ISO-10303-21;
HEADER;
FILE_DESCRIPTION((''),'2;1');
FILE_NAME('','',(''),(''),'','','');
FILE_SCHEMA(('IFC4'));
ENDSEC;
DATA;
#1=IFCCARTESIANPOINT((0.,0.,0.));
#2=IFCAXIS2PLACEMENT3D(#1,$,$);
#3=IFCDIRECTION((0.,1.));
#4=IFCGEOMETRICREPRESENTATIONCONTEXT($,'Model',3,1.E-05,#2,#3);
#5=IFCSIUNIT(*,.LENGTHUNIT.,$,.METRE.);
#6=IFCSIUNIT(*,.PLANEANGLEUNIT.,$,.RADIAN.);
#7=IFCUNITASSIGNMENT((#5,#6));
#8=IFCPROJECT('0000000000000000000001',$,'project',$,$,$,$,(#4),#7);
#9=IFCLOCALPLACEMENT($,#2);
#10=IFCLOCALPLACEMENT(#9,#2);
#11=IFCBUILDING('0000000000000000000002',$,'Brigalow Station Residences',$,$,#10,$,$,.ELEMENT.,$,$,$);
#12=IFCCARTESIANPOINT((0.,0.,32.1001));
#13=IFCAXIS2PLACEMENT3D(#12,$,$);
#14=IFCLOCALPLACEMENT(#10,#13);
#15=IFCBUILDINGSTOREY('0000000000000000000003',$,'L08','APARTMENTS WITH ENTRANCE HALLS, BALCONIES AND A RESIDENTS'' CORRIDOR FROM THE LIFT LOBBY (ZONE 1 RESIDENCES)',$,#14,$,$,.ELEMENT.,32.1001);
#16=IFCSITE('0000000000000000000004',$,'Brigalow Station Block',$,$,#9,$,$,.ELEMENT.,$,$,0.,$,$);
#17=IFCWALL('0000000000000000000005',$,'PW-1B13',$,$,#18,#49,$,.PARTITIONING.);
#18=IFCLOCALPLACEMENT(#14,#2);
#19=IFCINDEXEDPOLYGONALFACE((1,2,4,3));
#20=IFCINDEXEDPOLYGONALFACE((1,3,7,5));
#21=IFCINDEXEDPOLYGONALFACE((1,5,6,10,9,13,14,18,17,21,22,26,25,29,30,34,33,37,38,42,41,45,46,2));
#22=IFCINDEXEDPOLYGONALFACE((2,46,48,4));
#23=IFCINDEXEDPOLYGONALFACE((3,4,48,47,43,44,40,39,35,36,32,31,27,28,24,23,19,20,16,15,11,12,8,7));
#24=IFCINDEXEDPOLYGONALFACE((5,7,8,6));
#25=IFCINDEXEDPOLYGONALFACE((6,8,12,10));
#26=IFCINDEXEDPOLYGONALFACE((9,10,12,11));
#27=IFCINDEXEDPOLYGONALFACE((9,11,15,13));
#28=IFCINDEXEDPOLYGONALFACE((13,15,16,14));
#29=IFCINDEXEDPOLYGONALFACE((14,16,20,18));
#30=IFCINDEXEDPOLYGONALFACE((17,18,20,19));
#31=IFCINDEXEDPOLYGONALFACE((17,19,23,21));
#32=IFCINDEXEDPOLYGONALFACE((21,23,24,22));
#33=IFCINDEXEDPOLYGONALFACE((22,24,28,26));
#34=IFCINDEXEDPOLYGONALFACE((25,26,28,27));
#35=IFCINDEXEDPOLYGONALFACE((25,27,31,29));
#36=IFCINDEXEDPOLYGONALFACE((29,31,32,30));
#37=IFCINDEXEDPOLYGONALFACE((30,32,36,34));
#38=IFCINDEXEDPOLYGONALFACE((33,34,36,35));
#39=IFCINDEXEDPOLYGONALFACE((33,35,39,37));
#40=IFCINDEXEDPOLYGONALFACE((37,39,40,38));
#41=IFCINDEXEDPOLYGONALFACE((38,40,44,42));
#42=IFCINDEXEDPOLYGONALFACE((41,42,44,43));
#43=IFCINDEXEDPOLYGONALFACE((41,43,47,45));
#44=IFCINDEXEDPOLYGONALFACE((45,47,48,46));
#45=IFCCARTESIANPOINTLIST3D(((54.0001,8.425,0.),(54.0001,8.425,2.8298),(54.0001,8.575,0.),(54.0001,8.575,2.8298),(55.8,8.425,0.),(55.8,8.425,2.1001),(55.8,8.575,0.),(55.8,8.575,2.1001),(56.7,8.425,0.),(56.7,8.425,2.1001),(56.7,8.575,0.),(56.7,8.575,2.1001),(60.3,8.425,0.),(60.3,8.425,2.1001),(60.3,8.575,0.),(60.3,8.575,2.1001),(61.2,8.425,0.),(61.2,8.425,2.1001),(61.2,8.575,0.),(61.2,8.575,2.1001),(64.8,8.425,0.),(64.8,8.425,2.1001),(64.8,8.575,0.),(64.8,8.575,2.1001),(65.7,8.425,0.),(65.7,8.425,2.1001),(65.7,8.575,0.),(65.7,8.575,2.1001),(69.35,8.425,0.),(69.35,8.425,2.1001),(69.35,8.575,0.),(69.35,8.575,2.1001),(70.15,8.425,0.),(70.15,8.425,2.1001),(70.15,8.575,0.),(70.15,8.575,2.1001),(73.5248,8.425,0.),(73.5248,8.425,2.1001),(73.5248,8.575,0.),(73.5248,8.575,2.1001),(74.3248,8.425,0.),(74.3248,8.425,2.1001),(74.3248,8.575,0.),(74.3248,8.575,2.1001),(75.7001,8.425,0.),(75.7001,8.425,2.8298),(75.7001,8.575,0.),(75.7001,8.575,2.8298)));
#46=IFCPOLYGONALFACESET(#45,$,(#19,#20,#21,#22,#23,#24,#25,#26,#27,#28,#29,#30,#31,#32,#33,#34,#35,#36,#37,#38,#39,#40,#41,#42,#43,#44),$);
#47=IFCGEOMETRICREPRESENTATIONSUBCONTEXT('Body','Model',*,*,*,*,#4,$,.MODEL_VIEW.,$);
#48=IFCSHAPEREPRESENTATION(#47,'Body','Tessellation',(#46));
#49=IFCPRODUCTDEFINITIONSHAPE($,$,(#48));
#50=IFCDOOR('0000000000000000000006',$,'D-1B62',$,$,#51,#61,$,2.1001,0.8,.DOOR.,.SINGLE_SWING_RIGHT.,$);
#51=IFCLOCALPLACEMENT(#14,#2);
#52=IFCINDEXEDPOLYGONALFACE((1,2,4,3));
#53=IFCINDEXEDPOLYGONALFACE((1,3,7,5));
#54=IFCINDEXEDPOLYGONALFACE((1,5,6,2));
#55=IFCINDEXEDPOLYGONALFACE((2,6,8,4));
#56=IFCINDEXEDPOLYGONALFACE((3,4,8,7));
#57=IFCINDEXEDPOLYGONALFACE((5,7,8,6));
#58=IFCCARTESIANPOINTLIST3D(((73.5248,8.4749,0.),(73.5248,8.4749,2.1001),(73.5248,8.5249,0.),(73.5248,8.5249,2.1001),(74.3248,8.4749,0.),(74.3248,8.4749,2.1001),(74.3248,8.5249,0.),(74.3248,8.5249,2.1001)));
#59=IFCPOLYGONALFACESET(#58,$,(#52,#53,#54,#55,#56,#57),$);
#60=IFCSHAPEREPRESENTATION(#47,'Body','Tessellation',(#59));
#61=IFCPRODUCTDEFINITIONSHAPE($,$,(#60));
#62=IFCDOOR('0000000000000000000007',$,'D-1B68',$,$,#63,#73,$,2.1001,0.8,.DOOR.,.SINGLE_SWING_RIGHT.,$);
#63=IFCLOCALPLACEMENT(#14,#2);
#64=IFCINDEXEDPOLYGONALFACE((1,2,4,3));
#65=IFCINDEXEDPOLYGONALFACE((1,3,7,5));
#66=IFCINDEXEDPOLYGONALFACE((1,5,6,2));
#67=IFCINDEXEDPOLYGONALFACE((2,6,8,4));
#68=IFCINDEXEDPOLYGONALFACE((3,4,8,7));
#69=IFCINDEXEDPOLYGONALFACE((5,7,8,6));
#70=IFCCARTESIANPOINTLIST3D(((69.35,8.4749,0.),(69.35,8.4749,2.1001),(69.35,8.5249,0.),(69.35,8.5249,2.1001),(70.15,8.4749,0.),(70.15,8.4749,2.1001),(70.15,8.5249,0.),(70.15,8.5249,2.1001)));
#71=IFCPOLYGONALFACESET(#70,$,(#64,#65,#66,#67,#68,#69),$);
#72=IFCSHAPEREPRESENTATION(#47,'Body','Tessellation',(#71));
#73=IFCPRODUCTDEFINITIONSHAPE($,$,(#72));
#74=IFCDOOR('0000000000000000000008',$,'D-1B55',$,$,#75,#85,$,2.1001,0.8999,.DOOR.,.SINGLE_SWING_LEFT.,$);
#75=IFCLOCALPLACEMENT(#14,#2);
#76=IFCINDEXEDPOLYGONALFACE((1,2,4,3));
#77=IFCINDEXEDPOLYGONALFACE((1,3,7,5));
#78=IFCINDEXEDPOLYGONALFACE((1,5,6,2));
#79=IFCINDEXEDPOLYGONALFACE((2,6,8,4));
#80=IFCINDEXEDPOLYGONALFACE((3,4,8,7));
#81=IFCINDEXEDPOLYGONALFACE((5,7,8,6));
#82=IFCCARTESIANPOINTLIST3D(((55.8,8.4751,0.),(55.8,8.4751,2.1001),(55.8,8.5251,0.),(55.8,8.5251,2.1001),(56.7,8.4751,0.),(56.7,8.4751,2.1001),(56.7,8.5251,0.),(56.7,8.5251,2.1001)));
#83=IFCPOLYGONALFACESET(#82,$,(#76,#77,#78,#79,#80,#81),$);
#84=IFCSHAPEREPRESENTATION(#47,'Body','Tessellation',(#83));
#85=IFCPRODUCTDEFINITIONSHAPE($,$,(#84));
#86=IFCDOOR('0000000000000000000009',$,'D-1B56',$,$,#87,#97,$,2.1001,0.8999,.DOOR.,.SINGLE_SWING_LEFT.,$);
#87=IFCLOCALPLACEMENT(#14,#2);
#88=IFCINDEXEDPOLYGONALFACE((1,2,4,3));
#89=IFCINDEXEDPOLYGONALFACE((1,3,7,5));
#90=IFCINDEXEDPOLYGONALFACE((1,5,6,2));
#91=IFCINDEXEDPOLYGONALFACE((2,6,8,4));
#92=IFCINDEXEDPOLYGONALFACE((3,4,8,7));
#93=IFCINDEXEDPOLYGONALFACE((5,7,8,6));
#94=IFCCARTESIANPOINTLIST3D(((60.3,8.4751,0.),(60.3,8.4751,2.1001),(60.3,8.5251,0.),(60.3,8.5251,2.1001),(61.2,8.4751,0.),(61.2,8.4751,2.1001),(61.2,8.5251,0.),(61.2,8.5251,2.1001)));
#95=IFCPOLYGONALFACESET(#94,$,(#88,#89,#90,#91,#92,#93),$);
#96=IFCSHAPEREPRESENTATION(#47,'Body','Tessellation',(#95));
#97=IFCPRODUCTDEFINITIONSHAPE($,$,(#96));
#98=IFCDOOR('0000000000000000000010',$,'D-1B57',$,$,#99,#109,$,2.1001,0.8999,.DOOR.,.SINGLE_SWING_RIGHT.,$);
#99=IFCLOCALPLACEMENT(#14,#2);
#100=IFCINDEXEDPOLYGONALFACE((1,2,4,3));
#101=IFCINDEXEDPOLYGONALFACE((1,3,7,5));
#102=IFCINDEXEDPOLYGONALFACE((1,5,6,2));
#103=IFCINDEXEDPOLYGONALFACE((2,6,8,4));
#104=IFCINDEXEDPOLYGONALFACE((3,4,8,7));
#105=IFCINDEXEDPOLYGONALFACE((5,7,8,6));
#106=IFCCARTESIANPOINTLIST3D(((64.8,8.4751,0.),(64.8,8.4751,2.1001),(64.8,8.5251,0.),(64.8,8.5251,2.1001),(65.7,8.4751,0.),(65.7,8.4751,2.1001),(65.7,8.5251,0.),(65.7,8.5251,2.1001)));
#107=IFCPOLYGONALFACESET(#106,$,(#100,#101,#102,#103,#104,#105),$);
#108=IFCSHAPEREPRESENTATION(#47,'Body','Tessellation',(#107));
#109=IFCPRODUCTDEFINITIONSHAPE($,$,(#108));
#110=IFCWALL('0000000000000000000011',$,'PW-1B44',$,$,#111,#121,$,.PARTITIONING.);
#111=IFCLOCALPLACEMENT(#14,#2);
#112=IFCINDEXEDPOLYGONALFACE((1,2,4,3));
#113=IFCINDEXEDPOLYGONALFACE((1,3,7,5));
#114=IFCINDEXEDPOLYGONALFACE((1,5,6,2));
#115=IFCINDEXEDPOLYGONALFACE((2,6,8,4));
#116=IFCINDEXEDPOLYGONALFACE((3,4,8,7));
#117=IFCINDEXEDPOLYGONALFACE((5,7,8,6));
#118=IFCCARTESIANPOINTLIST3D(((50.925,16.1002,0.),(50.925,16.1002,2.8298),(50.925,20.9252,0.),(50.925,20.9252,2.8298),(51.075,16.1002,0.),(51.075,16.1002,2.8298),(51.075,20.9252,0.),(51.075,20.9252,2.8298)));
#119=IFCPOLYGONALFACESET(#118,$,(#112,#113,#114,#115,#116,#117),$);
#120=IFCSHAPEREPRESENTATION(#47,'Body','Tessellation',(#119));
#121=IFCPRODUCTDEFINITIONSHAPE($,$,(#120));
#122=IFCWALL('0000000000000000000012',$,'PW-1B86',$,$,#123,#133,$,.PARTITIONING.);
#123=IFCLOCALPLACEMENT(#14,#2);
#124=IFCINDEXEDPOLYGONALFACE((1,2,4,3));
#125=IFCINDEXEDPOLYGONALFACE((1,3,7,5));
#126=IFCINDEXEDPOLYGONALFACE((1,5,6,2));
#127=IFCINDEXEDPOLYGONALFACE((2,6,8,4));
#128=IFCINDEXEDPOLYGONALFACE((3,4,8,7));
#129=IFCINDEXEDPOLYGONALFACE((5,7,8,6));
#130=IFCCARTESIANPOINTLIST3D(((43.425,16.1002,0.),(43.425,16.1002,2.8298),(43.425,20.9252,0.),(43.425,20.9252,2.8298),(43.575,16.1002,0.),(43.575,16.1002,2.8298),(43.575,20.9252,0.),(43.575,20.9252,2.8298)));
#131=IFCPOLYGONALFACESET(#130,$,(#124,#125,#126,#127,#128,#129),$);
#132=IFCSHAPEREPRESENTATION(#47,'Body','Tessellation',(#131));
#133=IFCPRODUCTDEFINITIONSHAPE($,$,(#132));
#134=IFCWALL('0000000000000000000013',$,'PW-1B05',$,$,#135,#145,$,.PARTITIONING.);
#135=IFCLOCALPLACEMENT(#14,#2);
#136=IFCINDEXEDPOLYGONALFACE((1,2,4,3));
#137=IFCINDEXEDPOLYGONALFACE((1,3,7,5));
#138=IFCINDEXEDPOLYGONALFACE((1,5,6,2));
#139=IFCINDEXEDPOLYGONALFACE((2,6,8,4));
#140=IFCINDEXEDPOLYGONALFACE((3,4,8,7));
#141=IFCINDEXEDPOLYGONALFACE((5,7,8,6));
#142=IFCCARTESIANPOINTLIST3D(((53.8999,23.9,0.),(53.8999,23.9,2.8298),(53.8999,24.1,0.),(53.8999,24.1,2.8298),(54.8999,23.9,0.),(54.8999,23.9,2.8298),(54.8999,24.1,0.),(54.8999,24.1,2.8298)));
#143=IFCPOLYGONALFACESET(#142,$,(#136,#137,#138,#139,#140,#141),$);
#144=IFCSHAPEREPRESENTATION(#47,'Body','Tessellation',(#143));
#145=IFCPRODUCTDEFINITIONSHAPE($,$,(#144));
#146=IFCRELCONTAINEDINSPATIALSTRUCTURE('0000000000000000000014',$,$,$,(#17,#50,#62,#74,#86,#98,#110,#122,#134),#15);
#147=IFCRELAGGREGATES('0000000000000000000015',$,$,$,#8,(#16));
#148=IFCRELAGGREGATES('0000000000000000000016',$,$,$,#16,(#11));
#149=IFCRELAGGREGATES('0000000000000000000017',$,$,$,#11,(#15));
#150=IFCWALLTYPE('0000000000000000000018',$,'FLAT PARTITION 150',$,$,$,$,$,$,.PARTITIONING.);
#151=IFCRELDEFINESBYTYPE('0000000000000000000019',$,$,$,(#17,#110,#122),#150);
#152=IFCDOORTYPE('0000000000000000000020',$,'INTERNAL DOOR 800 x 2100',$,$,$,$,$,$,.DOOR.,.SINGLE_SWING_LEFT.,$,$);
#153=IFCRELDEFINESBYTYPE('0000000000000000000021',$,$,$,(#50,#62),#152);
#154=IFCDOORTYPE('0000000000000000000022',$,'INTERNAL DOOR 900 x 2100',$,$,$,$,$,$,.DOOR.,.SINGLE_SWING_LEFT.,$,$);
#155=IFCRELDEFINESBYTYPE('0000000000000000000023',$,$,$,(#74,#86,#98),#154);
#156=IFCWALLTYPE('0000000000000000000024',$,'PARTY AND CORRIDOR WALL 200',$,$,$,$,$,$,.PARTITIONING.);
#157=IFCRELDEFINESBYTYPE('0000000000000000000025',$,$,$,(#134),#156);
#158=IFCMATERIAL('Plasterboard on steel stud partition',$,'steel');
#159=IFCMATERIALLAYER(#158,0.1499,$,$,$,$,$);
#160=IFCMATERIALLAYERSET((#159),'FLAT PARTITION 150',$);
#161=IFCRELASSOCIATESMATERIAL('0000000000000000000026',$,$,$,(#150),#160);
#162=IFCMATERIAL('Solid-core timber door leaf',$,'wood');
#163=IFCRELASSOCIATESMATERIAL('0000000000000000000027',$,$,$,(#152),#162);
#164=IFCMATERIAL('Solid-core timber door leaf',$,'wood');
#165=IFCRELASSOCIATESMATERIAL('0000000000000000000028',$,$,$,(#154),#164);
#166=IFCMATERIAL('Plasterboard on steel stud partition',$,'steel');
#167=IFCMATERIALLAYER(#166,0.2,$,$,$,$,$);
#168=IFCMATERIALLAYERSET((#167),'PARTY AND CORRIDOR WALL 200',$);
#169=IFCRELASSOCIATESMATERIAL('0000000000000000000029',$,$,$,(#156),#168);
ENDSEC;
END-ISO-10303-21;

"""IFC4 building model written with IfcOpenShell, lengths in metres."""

from ifc_helpers import new_model, si_unit, direction, frame, frame_2d, origin, place, context, subcontext, project, spatial, rectangle, extrude, material, layer, layer_set, type_object, element, fill, save


model = new_model("IFC4")

# Units and contexts
model_context = context("Model", 3, precision=1e-05, world=origin(), true_north=direction((0.0, 1.0)))
body_context = subcontext(model_context, "Body", "Model", "MODEL_VIEW")
ifc_project = project(units=[si_unit("LENGTHUNIT", "METRE"), si_unit("PLANEANGLEUNIT", "RADIAN")], contexts=[model_context])

# Site, building, storey
site_placement = place(None, origin())
site = spatial("IfcSite", under=ifc_project, at=site_placement, Name="Brigalow Station Block", CompositionType="ELEMENT", RefElevation=0.0)
building_placement = place(site_placement, origin())
building = spatial("IfcBuilding", under=site, at=building_placement, Name="Brigalow Station Residences", CompositionType="ELEMENT")
storey_placement = place(building_placement, frame((0.0, 0.0, 32.1001)))
storey = spatial("IfcBuildingStorey", under=building, at=storey_placement, Name="L08", Description="APARTMENTS WITH ENTRANCE HALLS, BALCONIES AND A RESIDENTS' CORRIDOR FROM THE LIFT LOBBY (ZONE 1 RESIDENCES)", CompositionType="ELEMENT", Elevation=32.1001)

# Wall, openings, doors
ifc_material_1 = material(Name="Plasterboard on steel stud partition", Category="steel")
ifc_layer_1 = layer(ifc_material_1, 0.1499)
ifc_layer_set_1 = layer_set([ifc_layer_1], Name="FLAT PARTITION 150")
wall_type_1 = type_object("IfcWallType", Name="FLAT PARTITION 150", PredefinedType="PARTITIONING", material=ifc_layer_set_1)
wall_1_placement = place(storey_placement, frame((54.0, 8.5, 0.0), z_axis=(0.0, 0.0, 1.0), x_axis=(1.0, 0.0, 0.0)))
wall_1 = element("IfcWall", 1, at=wall_1_placement, inside=storey, type_object=wall_type_1, Name="PW-1B13", PredefinedType="PARTITIONING", context=body_context, shape_type="SweptSolid", body=[
    extrude(rectangle(XDim=21.7, YDim=0.1499, at=frame_2d((10.8501, 0.0))), origin(), (0.0, 0.0, 1.0), 2.8298),
])
opening_1_placement = place(wall_1_placement, frame((1.8, 0.0, 0.0)))
opening_1 = element("IfcOpeningElement", 2, at=opening_1_placement, cuts=wall_1, PredefinedType="OPENING", context=body_context, shape_type="SweptSolid", body=[
    extrude(rectangle(XDim=0.8999, YDim=2.1001, at=frame_2d((0.45, 1.05))), frame((0.0, 0.085, 0.0), z_axis=(0.0, -1.0, 0.0), x_axis=(1.0, 0.0, 0.0)), (0.0, 0.0, 1.0), 0.1699),
])
opening_2_placement = place(wall_1_placement, frame((6.3, 0.0, 0.0)))
opening_2 = element("IfcOpeningElement", 3, at=opening_2_placement, cuts=wall_1, PredefinedType="OPENING", context=body_context, shape_type="SweptSolid", body=[
    extrude(rectangle(XDim=0.8999, YDim=2.1001, at=frame_2d((0.45, 1.05))), frame((0.0, 0.085, 0.0), z_axis=(0.0, -1.0, 0.0), x_axis=(1.0, 0.0, 0.0)), (0.0, 0.0, 1.0), 0.1699),
])
opening_3_placement = place(wall_1_placement, frame((10.8, 0.0, 0.0)))
opening_3 = element("IfcOpeningElement", 4, at=opening_3_placement, cuts=wall_1, PredefinedType="OPENING", context=body_context, shape_type="SweptSolid", body=[
    extrude(rectangle(XDim=0.8999, YDim=2.1001, at=frame_2d((0.45, 1.05))), frame((0.0, 0.085, 0.0), z_axis=(0.0, -1.0, 0.0), x_axis=(1.0, 0.0, 0.0)), (0.0, 0.0, 1.0), 0.1699),
])
opening_4_placement = place(wall_1_placement, frame((19.5249, 0.0, 0.0)))
opening_4 = element("IfcOpeningElement", 5, at=opening_4_placement, cuts=wall_1, PredefinedType="OPENING", context=body_context, shape_type="SweptSolid", body=[
    extrude(rectangle(XDim=0.8, YDim=2.1001, at=frame_2d((0.3999, 1.05))), frame((0.0, 0.085, 0.0), z_axis=(0.0, -1.0, 0.0), x_axis=(1.0, 0.0, 0.0)), (0.0, 0.0, 1.0), 0.1699),
])
opening_5_placement = place(wall_1_placement, frame((15.3501, 0.0, 0.0)))
opening_5 = element("IfcOpeningElement", 6, at=opening_5_placement, cuts=wall_1, PredefinedType="OPENING", context=body_context, shape_type="SweptSolid", body=[
    extrude(rectangle(XDim=0.8, YDim=2.1001, at=frame_2d((0.3999, 1.05))), frame((0.0, 0.085, 0.0), z_axis=(0.0, -1.0, 0.0), x_axis=(1.0, 0.0, 0.0)), (0.0, 0.0, 1.0), 0.1699),
])
ifc_material_2 = material(Name="Solid-core timber door leaf", Category="wood")
door_type_1 = type_object("IfcDoorType", Name="INTERNAL DOOR 800 x 2100", OperationType="SINGLE_SWING_LEFT", PredefinedType="DOOR", material=ifc_material_2)
door_1_placement = place(opening_4_placement, origin())
door_1 = element("IfcDoor", 7, at=door_1_placement, inside=storey, type_object=door_type_1, Name="D-1B62", OperationType="SINGLE_SWING_RIGHT", OverallHeight=2.1001, OverallWidth=0.8, PredefinedType="DOOR", context=body_context, shape_type="SweptSolid", body=[
    extrude(rectangle(XDim=0.8, YDim=2.1001, at=frame_2d((0.3999, 1.05))), frame((0.0, 0.0249, 0.0), z_axis=(0.0, -1.0, 0.0), x_axis=(1.0, 0.0, 0.0)), (0.0, 0.0, 1.0), 0.05),
])
fill(opening_4, door_1)
door_2_placement = place(opening_5_placement, origin())
door_2 = element("IfcDoor", 8, at=door_2_placement, inside=storey, type_object=door_type_1, Name="D-1B68", OperationType="SINGLE_SWING_RIGHT", OverallHeight=2.1001, OverallWidth=0.8, PredefinedType="DOOR", context=body_context, shape_type="SweptSolid", body=[
    extrude(rectangle(XDim=0.8, YDim=2.1001, at=frame_2d((0.3999, 1.05))), frame((0.0, 0.0249, 0.0), z_axis=(0.0, -1.0, 0.0), x_axis=(1.0, 0.0, 0.0)), (0.0, 0.0, 1.0), 0.05),
])
fill(opening_5, door_2)
ifc_material_3 = material(Name="Solid-core timber door leaf", Category="wood")
door_type_2 = type_object("IfcDoorType", Name="INTERNAL DOOR 900 x 2100", OperationType="SINGLE_SWING_LEFT", PredefinedType="DOOR", material=ifc_material_3)
door_3_placement = place(opening_1_placement, frame((0.8999, 0.0, 0.0), z_axis=(0.0, 0.0, 1.0), x_axis=(-1.0, 0.0, 0.0)))
door_3 = element("IfcDoor", 9, at=door_3_placement, inside=storey, type_object=door_type_2, Name="D-1B55", OperationType="SINGLE_SWING_LEFT", OverallHeight=2.1001, OverallWidth=0.8999, PredefinedType="DOOR", context=body_context, shape_type="SweptSolid", body=[
    extrude(rectangle(XDim=0.8999, YDim=2.1001, at=frame_2d((0.45, 1.05))), frame((0.0, 0.0249, 0.0), z_axis=(0.0, -1.0, 0.0), x_axis=(1.0, 0.0, 0.0)), (0.0, 0.0, 1.0), 0.05),
])
fill(opening_1, door_3)
door_4_placement = place(opening_2_placement, frame((0.8999, 0.0, 0.0), z_axis=(0.0, 0.0, 1.0), x_axis=(-1.0, 0.0, 0.0)))
door_4 = element("IfcDoor", 10, at=door_4_placement, inside=storey, type_object=door_type_2, Name="D-1B56", OperationType="SINGLE_SWING_LEFT", OverallHeight=2.1001, OverallWidth=0.8999, PredefinedType="DOOR", context=body_context, shape_type="SweptSolid", body=[
    extrude(rectangle(XDim=0.8999, YDim=2.1001, at=frame_2d((0.45, 1.05))), frame((0.0, 0.0249, 0.0), z_axis=(0.0, -1.0, 0.0), x_axis=(1.0, 0.0, 0.0)), (0.0, 0.0, 1.0), 0.05),
])
fill(opening_2, door_4)
door_5_placement = place(opening_3_placement, frame((0.8999, 0.0, 0.0), z_axis=(0.0, 0.0, 1.0), x_axis=(-1.0, 0.0, 0.0)))
door_5 = element("IfcDoor", 11, at=door_5_placement, inside=storey, type_object=door_type_2, Name="D-1B57", OperationType="SINGLE_SWING_RIGHT", OverallHeight=2.1001, OverallWidth=0.8999, PredefinedType="DOOR", context=body_context, shape_type="SweptSolid", body=[
    extrude(rectangle(XDim=0.8999, YDim=2.1001, at=frame_2d((0.45, 1.05))), frame((0.0, 0.0249, 0.0), z_axis=(0.0, -1.0, 0.0), x_axis=(1.0, 0.0, 0.0)), (0.0, 0.0, 1.0), 0.05),
])
fill(opening_3, door_5)

# Walls
for number, where, z_axis, x_axis, name in (
    (12, (51.0, 16.1001, 0.0), (0.0, 0.0, 1.0), (0.0, 1.0, 0.0), "PW-1B44"),
    (13, (43.5, 16.1001, 0.0), (0.0, 0.0, 1.0), (0.0, 1.0, 0.0), "PW-1B86"),
):
    element("IfcWall", number, at=place(storey_placement, frame(where, z_axis=z_axis, x_axis=x_axis)), inside=storey, type_object=wall_type_1, Name=name, PredefinedType="PARTITIONING", context=body_context, shape_type="SweptSolid", body=[
        extrude(rectangle(XDim=4.825, YDim=0.1499, at=frame_2d((2.4126, 0.0))), origin(), (0.0, 0.0, 1.0), 2.8298),
    ])
ifc_material_4 = material(Name="Plasterboard on steel stud partition", Category="steel")
ifc_layer_2 = layer(ifc_material_4, 0.2)
ifc_layer_set_2 = layer_set([ifc_layer_2], Name="PARTY AND CORRIDOR WALL 200")
wall_type_2 = type_object("IfcWallType", Name="PARTY AND CORRIDOR WALL 200", PredefinedType="PARTITIONING", material=ifc_layer_set_2)
wall_2_placement = place(storey_placement, frame((53.8999, 24.0, 0.0), z_axis=(0.0, 0.0, 1.0), x_axis=(1.0, 0.0, 0.0)))
element("IfcWall", 14, at=wall_2_placement, inside=storey, type_object=wall_type_2, Name="PW-1B05", PredefinedType="PARTITIONING", context=body_context, shape_type="SweptSolid", body=[
    extrude(rectangle(XDim=1.0, YDim=0.2, at=frame_2d((0.5, 0.0))), origin(), (0.0, 0.0, 1.0), 2.8298),
])

save(model, "model.ifc")
